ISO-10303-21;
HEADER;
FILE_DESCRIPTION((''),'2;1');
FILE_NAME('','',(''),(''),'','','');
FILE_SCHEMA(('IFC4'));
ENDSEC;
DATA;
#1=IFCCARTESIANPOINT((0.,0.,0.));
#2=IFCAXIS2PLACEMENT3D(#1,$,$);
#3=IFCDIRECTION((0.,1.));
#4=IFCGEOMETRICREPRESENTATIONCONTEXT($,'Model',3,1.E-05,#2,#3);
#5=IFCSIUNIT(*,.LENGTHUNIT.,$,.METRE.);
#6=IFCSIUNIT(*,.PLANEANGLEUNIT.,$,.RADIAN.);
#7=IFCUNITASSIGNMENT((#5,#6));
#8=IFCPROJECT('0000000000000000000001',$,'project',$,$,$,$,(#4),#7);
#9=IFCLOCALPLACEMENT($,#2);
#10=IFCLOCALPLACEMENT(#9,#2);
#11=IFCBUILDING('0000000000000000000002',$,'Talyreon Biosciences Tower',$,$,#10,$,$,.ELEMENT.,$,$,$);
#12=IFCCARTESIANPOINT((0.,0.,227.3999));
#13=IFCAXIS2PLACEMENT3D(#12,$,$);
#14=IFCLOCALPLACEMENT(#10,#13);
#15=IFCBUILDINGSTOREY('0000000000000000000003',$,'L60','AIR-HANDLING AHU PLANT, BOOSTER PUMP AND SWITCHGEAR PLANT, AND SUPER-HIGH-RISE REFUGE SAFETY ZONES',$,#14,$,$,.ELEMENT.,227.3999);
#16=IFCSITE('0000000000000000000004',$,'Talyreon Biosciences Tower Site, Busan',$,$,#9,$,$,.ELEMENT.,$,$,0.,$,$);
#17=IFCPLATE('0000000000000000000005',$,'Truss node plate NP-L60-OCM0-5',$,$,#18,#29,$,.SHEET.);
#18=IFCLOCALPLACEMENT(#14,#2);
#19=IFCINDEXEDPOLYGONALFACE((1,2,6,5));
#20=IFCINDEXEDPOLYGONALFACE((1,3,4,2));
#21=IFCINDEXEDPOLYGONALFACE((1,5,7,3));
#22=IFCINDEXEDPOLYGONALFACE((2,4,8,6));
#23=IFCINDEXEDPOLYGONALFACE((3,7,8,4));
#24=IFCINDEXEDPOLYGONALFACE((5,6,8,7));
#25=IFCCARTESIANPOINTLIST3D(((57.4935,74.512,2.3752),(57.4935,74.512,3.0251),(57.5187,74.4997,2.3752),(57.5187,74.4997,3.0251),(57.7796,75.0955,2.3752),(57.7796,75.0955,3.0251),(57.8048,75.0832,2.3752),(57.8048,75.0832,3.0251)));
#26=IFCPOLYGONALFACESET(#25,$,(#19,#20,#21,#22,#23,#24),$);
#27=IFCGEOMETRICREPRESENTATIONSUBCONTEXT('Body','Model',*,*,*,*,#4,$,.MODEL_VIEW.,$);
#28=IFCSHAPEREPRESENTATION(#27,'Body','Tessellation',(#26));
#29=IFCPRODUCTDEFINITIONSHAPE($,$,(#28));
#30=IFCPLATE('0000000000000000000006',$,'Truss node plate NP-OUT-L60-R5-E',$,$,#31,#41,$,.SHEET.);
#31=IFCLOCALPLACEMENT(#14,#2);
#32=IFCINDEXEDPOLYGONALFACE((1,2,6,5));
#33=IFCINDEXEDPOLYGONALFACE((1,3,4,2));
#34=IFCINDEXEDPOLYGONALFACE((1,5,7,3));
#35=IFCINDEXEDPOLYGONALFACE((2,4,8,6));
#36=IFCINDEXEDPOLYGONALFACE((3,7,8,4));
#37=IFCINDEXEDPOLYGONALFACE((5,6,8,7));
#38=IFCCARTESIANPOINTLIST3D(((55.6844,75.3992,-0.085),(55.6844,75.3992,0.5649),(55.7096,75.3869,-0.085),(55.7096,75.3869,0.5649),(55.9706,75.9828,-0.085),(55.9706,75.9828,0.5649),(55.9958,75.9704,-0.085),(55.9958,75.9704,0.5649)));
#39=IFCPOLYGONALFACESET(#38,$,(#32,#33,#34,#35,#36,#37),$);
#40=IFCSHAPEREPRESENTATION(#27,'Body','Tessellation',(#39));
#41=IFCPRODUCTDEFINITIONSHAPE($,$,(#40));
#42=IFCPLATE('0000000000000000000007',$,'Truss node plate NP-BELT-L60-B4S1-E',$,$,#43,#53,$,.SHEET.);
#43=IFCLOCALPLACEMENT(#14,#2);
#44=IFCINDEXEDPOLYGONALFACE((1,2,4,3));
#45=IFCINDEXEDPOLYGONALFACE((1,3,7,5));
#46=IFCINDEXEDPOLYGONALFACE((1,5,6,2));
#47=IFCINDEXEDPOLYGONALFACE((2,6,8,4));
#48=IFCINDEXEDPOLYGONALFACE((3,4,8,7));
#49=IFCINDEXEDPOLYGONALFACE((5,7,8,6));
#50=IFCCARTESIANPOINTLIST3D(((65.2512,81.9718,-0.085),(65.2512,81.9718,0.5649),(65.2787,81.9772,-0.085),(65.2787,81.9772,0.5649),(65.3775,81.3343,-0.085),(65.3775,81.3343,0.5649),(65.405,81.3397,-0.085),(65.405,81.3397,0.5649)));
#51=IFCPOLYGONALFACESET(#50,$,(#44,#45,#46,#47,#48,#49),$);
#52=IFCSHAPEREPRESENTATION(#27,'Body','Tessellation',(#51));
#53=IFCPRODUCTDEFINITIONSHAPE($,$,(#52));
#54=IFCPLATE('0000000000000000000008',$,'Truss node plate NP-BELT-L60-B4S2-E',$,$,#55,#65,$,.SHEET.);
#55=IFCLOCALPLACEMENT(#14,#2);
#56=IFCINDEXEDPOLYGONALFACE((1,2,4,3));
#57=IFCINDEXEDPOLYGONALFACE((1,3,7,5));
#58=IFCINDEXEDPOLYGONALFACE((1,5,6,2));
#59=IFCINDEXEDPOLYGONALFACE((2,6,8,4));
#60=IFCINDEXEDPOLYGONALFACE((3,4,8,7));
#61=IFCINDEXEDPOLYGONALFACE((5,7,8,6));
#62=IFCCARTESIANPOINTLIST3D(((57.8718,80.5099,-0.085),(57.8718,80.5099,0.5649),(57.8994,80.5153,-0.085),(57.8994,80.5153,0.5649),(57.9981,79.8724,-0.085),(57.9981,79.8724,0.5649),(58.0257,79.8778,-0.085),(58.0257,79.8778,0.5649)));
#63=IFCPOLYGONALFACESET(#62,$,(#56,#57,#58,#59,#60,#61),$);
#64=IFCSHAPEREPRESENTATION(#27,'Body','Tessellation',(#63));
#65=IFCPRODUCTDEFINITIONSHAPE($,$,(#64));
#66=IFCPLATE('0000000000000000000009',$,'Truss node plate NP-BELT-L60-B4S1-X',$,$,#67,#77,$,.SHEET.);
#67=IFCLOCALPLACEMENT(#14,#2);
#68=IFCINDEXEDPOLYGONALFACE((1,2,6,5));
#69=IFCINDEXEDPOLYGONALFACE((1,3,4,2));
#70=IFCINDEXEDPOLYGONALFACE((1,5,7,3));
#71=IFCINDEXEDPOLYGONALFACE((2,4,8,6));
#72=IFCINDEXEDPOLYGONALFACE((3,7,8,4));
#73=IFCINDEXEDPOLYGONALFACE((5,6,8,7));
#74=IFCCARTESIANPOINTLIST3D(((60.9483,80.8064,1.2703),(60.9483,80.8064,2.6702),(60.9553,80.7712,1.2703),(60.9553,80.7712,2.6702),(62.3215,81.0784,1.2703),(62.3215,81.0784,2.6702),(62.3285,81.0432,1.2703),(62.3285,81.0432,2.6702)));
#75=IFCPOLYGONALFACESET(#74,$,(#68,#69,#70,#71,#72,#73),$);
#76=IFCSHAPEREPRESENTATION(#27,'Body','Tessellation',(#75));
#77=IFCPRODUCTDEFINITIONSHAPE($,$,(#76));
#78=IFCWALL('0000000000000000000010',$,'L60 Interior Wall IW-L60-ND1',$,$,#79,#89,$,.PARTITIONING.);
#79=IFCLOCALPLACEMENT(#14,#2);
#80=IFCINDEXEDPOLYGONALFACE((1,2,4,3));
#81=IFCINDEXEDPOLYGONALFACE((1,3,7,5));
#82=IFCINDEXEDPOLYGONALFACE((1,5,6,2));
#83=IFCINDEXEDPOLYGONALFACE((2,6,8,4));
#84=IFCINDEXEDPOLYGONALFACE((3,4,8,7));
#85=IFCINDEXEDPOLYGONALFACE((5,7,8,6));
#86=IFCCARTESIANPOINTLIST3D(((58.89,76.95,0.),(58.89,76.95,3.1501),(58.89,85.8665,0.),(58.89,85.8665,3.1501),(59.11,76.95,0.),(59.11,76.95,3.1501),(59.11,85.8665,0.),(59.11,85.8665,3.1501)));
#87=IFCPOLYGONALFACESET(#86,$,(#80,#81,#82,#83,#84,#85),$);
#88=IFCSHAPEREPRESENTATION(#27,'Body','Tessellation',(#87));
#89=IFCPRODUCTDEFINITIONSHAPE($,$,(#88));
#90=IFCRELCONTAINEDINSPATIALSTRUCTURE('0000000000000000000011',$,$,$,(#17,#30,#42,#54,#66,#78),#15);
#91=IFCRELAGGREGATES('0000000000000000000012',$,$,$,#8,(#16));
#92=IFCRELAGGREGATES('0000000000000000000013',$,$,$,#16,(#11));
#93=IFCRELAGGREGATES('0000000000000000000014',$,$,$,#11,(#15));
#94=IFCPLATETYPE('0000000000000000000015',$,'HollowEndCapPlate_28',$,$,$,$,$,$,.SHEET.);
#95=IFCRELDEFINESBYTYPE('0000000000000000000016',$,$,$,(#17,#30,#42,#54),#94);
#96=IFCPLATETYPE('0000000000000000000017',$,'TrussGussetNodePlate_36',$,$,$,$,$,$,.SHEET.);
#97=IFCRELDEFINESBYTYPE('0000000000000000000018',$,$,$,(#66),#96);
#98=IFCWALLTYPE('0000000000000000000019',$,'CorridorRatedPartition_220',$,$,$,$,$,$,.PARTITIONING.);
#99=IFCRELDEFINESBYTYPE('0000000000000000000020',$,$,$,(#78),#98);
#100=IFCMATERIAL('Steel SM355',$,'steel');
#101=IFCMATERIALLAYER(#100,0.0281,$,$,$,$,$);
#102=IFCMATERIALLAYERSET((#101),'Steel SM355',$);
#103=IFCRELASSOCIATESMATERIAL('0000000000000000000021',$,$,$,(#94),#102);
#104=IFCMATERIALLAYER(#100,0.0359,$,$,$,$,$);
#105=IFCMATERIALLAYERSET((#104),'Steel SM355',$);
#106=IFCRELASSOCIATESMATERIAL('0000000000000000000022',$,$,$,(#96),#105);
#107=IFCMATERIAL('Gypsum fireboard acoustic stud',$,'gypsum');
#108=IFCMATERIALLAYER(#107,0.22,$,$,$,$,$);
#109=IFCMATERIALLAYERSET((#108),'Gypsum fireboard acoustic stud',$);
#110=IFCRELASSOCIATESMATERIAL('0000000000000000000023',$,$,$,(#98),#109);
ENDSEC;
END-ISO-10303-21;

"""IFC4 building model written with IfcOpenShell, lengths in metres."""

from ifc_helpers import new_model, si_unit, direction, frame, frame_2d, origin, origin_2d, place, context, subcontext, project, spatial, rectangle, extrude, material, layer, layer_set, type_object, element, save


model = new_model("IFC4")

# Units and contexts
model_context = context("Model", 3, precision=1e-05, world=origin(), true_north=direction((0.0, 1.0)))
body_context = subcontext(model_context, "Body", "Model", "MODEL_VIEW")
ifc_project = project(units=[si_unit("LENGTHUNIT", "METRE"), si_unit("PLANEANGLEUNIT", "RADIAN")], contexts=[model_context])

# Site, building, storey
site_placement = place(None, origin())
site = spatial("IfcSite", under=ifc_project, at=site_placement, Name="Talyreon Biosciences Tower Site, Busan", CompositionType="ELEMENT", RefElevation=0.0)
building_placement = place(site_placement, origin())
building = spatial("IfcBuilding", under=site, at=building_placement, Name="Talyreon Biosciences Tower", CompositionType="ELEMENT")
storey_placement = place(building_placement, frame((0.0, 0.0, 227.3999)))
storey = spatial("IfcBuildingStorey", under=building, at=storey_placement, Name="L60", Description="AIR-HANDLING AHU PLANT, BOOSTER PUMP AND SWITCHGEAR PLANT, AND SUPER-HIGH-RISE REFUGE SAFETY ZONES", CompositionType="ELEMENT", Elevation=227.3999)

# Shared definitions
ifc_material_1 = material(Name="Steel SM355", Category="steel")

# Plates
ifc_layer_1 = layer(ifc_material_1, 0.0281)
ifc_layer_set_1 = layer_set([ifc_layer_1], Name="Steel SM355")
plate_type_1 = type_object("IfcPlateType", Name="HollowEndCapPlate_28", PredefinedType="SHEET", material=ifc_layer_set_1)
for number, where, z_axis, x_axis, name in (
    (1, (57.6492, 74.7976, 2.3752), (0.0, 0.0, 1.0), (-0.440284, -0.897859, 0.0), "Truss node plate NP-L60-OCM0-5"),
    (2, (55.8401, 75.6848, -0.085), (0.0, 0.0, 1.0), (-0.440284, -0.897859, 0.0), "Truss node plate NP-OUT-L60-R5-E"),
    (3, (65.3281, 81.6558, -0.085), (0.0, 0.0, 1.0), (0.194337, -0.980935, 0.0), "Truss node plate NP-BELT-L60-B4S1-E"),
    (4, (57.9487, 80.1938, -0.085), (0.0, 0.0, 1.0), (0.194337, -0.980935, 0.0), "Truss node plate NP-BELT-L60-B4S2-E"),
):
    element("IfcPlate", number, at=place(storey_placement, frame(where, z_axis=z_axis, x_axis=x_axis)), inside=storey, type_object=plate_type_1, Name=name, PredefinedType="SHEET", context=body_context, shape_type="SweptSolid", body=[
        extrude(rectangle(XDim=0.6499, YDim=0.0281, at=origin_2d()), origin(), (0.0, 0.0, 1.0), 0.6499),
    ])
ifc_layer_2 = layer(ifc_material_1, 0.0359)
ifc_layer_set_2 = layer_set([ifc_layer_2], Name="Steel SM355")
plate_type_2 = type_object("IfcPlateType", Name="TrussGussetNodePlate_36", PredefinedType="SHEET", material=ifc_layer_set_2)
plate_placement = place(storey_placement, frame((61.6384, 80.9248, 1.2703), z_axis=(0.0, 0.0, 1.0), x_axis=(-0.980935, -0.194337, 0.0)))
element("IfcPlate", 5, at=plate_placement, inside=storey, type_object=plate_type_2, Name="Truss node plate NP-BELT-L60-B4S1-X", PredefinedType="SHEET", context=body_context, shape_type="SweptSolid", body=[
    extrude(rectangle(XDim=1.3999, YDim=0.0359, at=origin_2d()), origin(), (0.0, 0.0, 1.0), 1.3999),
])

# Wall
ifc_material_2 = material(Name="Gypsum fireboard acoustic stud", Category="gypsum")
ifc_layer_3 = layer(ifc_material_2, 0.22)
ifc_layer_set_3 = layer_set([ifc_layer_3], Name="Gypsum fireboard acoustic stud")
wall_type = type_object("IfcWallType", Name="CorridorRatedPartition_220", PredefinedType="PARTITIONING", material=ifc_layer_set_3)
wall_placement = place(storey_placement, frame((59.0, 76.95, 0.0), z_axis=(0.0, 0.0, 1.0), x_axis=(0.0, 1.0, 0.0)))
element("IfcWall", 6, at=wall_placement, inside=storey, type_object=wall_type, Name="L60 Interior Wall IW-L60-ND1", PredefinedType="PARTITIONING", context=body_context, shape_type="SweptSolid", body=[
    extrude(rectangle(XDim=8.9165, YDim=0.22, at=frame_2d((4.4583, 0.0))), origin(), (0.0, 0.0, 1.0), 3.1501),
])

save(model, "model.ifc")
